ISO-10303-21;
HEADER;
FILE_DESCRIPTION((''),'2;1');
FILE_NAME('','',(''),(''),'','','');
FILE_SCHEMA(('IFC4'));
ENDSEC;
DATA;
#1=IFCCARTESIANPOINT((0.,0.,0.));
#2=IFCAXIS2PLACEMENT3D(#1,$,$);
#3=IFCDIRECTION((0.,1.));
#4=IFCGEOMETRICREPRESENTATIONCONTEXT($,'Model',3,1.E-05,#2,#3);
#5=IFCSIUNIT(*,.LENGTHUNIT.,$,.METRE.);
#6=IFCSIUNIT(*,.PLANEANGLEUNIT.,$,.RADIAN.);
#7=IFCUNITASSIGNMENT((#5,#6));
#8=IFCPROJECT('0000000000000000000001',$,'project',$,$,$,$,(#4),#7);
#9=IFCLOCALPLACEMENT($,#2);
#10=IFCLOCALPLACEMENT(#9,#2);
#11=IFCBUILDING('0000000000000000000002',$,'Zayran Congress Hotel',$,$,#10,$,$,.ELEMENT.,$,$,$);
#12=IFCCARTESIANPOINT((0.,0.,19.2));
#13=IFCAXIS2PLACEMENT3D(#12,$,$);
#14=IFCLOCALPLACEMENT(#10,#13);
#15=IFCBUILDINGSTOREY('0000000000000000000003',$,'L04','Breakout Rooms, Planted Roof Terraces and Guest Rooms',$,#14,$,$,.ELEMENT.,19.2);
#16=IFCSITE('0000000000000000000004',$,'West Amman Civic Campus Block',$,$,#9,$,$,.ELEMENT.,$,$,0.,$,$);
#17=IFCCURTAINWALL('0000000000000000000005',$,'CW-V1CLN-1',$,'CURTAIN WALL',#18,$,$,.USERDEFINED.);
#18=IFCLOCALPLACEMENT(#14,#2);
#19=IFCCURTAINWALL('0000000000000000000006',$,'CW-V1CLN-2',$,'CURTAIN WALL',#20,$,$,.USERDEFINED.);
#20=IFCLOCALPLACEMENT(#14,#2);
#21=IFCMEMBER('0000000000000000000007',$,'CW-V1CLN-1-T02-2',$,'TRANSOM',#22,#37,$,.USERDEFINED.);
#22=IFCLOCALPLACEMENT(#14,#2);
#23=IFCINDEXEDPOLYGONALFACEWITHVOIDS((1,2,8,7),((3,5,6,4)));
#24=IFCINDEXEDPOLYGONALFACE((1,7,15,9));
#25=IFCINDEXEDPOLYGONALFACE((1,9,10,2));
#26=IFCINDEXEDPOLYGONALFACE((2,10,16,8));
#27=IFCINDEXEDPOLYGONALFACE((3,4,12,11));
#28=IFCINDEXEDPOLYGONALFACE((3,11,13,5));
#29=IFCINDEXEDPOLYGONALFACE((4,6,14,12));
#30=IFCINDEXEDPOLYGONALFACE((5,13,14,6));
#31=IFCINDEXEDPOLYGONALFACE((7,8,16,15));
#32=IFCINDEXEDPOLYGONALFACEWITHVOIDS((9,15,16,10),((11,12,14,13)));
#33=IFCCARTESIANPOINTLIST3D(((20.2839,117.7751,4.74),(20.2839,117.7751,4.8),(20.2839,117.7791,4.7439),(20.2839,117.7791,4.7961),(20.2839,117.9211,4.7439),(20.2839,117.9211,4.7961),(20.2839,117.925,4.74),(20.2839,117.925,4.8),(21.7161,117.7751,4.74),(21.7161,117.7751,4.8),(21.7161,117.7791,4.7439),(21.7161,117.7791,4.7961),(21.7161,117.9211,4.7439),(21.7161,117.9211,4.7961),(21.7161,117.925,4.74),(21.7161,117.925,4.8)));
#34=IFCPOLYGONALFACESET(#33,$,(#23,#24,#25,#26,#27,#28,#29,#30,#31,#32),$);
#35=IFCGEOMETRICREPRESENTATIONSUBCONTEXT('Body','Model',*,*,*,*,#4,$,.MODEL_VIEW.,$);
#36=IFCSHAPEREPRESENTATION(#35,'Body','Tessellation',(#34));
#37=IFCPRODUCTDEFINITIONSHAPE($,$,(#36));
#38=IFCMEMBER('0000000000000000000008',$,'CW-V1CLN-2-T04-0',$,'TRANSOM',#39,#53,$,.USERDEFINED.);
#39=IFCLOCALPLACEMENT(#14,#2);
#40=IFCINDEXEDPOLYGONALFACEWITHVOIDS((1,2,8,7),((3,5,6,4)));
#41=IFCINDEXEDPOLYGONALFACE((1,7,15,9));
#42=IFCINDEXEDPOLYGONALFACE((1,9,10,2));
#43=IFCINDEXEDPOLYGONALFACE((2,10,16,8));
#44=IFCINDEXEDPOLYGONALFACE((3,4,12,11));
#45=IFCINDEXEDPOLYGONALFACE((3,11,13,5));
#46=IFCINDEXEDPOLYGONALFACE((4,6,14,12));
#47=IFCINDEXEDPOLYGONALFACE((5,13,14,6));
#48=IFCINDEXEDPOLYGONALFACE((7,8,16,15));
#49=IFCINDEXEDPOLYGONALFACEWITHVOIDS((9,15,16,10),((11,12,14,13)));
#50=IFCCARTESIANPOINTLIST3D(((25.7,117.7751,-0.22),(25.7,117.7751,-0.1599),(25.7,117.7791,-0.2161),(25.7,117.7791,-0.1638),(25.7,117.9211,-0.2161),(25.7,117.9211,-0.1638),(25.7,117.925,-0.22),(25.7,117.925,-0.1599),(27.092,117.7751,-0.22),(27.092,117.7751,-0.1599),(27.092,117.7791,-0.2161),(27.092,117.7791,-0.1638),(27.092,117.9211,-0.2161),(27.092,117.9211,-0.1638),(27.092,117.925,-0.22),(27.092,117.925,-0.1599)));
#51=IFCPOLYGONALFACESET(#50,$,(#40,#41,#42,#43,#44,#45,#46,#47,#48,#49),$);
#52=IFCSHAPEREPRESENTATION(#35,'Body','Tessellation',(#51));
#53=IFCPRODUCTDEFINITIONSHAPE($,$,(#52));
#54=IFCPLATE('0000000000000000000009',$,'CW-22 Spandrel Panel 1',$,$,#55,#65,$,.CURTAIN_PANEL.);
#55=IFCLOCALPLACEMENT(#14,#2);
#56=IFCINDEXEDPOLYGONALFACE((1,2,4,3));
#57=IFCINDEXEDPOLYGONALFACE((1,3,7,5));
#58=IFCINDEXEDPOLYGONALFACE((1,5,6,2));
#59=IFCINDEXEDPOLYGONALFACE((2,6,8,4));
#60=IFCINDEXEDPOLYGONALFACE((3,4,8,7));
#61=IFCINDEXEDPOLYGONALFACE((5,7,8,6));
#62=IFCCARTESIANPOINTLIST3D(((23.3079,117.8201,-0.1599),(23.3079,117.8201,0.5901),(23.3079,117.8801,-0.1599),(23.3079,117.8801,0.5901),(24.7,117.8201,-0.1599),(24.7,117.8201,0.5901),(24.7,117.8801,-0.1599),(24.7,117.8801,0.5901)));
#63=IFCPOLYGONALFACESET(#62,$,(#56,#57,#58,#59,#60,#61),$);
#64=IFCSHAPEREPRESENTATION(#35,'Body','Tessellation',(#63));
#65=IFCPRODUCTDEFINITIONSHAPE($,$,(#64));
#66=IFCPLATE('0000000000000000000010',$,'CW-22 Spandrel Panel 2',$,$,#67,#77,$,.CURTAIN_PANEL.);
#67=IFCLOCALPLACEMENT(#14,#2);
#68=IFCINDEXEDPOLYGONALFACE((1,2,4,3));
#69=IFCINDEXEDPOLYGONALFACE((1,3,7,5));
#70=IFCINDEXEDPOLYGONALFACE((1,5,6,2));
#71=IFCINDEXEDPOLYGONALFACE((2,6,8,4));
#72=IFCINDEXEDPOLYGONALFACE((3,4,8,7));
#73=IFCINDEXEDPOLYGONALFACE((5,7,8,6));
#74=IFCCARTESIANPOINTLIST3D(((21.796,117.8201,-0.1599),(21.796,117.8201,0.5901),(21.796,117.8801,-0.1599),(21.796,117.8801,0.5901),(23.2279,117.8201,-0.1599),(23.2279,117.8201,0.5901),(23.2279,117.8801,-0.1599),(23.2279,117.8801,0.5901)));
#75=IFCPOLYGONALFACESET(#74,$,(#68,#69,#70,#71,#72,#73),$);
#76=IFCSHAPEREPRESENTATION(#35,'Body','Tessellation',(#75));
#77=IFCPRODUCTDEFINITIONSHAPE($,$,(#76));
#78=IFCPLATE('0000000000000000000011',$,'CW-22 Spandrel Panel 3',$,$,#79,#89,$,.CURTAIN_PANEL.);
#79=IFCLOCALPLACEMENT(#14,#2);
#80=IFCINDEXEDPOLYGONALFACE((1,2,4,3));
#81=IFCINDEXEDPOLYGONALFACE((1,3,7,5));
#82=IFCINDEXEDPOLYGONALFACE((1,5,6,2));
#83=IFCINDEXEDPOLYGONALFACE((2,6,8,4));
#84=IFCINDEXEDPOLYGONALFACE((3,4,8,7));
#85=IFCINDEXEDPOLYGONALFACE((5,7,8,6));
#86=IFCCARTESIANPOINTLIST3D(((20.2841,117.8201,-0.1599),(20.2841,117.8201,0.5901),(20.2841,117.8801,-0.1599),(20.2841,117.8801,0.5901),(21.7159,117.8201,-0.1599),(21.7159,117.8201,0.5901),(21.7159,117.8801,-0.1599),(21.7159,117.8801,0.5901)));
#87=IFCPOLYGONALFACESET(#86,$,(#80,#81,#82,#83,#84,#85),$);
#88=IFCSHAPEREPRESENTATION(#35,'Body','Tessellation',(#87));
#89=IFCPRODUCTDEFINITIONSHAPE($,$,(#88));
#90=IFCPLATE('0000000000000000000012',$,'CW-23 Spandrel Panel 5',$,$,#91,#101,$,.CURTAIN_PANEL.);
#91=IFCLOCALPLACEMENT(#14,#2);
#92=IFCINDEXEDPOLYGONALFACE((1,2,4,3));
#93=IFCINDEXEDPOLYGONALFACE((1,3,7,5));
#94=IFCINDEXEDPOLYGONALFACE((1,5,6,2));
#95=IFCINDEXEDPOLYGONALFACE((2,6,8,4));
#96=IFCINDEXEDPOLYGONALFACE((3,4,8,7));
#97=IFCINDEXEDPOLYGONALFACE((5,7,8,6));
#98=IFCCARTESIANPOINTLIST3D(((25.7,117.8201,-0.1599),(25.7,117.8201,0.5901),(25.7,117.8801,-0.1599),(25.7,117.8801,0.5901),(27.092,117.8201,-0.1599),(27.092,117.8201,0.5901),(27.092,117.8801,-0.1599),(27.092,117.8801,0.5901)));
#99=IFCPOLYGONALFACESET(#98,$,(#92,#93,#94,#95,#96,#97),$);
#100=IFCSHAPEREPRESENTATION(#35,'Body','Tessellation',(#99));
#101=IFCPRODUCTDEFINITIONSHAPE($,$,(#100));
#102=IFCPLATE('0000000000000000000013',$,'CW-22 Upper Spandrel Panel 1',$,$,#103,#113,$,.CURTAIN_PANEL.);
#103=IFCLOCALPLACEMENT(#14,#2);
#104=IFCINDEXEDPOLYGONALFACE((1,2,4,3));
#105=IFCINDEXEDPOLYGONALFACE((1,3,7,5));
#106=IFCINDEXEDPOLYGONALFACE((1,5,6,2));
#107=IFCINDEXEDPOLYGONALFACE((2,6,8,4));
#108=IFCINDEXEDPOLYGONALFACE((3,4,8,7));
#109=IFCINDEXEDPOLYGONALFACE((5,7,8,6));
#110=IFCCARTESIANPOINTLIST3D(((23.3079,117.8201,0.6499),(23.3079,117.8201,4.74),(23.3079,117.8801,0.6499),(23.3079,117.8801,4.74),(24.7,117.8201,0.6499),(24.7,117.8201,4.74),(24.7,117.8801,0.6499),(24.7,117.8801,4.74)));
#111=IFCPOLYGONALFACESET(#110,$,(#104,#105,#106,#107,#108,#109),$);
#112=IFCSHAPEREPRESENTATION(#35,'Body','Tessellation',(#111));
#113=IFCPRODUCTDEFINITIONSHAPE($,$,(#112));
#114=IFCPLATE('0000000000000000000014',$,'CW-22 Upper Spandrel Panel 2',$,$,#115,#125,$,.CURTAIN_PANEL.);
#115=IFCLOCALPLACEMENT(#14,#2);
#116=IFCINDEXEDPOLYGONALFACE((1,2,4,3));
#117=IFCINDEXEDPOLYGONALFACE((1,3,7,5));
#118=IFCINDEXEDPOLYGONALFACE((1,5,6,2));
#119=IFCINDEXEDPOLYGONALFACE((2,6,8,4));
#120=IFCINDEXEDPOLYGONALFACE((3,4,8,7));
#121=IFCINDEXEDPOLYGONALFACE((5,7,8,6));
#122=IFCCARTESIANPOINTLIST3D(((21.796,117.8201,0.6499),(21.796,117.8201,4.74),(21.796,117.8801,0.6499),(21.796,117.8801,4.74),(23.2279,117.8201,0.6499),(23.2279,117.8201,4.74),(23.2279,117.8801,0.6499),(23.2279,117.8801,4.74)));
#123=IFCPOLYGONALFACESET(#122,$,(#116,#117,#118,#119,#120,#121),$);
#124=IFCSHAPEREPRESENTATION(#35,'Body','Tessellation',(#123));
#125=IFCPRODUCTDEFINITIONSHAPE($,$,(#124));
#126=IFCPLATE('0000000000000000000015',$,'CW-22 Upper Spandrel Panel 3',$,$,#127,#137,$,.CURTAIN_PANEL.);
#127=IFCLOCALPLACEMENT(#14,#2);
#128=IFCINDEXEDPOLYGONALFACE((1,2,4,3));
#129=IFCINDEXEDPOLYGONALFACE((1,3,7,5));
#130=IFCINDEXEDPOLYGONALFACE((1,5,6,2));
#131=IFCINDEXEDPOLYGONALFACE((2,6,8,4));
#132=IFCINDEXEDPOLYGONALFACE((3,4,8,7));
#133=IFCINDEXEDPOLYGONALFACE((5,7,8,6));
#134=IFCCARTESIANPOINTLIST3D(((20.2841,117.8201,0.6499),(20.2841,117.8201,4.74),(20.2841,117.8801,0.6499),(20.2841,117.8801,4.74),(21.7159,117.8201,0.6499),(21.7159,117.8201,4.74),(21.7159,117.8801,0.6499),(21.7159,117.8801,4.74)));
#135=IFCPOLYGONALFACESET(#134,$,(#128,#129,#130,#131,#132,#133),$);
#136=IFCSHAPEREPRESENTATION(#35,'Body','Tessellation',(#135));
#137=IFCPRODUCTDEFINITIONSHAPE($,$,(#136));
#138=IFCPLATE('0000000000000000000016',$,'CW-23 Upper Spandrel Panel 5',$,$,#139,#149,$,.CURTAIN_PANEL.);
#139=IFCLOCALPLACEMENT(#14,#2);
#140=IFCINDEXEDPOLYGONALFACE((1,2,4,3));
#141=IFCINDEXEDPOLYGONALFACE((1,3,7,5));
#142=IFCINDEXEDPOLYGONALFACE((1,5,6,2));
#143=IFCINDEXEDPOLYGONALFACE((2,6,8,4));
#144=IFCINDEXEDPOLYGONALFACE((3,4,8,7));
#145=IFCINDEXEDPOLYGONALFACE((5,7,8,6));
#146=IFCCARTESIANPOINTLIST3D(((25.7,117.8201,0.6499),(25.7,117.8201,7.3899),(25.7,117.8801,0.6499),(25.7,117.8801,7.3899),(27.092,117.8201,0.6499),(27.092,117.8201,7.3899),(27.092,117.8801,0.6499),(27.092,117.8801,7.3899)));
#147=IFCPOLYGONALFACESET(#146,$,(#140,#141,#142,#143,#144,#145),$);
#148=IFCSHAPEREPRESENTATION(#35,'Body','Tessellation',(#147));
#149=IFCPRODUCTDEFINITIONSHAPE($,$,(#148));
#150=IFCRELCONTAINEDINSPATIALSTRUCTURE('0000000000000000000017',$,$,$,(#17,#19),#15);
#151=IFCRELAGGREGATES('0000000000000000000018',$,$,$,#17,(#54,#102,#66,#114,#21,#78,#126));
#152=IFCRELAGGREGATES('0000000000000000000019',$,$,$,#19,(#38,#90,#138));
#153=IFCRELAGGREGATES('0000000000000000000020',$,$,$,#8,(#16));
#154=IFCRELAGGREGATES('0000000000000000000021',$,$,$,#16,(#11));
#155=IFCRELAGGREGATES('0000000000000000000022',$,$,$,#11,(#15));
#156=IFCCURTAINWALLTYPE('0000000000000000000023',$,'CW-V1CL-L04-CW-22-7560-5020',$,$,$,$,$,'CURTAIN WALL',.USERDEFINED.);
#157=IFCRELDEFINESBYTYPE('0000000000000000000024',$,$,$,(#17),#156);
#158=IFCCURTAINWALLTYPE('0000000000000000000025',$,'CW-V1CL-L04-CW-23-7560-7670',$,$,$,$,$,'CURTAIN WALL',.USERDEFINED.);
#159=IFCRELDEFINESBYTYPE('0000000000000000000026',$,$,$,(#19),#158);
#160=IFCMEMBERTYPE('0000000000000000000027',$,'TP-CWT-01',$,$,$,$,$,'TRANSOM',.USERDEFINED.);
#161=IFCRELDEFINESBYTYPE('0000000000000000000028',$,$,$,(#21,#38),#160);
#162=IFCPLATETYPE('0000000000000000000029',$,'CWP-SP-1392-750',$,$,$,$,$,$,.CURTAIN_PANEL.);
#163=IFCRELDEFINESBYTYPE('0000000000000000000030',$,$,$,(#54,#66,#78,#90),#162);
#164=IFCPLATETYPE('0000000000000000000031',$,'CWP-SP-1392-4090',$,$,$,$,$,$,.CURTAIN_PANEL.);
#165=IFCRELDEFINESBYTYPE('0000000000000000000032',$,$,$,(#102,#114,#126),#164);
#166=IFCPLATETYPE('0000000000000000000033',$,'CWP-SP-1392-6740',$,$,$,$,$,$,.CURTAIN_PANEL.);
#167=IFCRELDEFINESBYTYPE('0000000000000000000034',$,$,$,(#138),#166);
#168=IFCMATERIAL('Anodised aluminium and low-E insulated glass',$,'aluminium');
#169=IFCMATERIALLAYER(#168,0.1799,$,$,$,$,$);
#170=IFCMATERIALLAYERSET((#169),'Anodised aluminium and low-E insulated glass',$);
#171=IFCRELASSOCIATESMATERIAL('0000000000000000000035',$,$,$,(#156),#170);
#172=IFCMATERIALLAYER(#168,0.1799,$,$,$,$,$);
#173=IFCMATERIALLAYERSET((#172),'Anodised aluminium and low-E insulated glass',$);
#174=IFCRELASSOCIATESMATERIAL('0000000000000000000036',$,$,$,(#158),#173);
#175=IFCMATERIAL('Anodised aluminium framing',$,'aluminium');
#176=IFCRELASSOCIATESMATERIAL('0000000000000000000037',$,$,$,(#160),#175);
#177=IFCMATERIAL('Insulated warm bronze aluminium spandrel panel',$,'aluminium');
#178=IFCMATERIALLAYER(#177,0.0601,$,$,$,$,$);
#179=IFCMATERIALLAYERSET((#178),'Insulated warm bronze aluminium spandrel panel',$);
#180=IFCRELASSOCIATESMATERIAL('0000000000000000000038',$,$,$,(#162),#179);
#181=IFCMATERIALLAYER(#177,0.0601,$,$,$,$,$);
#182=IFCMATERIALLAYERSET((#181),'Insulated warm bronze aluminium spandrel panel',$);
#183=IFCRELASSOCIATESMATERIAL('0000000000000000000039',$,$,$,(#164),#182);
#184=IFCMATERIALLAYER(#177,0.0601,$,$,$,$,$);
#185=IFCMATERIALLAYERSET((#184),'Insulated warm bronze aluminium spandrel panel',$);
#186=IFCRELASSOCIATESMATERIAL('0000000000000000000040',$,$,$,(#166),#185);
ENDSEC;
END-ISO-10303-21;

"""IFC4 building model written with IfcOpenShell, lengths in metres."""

from ifc_helpers import new_model, si_unit, direction, frame, origin, origin_2d, place, context, subcontext, project, spatial, rectangle, hollow_rectangle, extrude, material, layer, layer_set, material_profile, profile_set, type_object, element, aggregate, save


model = new_model("IFC4")

# Units and contexts
model_context = context("Model", 3, precision=1e-05, world=origin(), true_north=direction((0.0, 1.0)))
body_context = subcontext(model_context, "Body", "Model", "MODEL_VIEW")
ifc_project = project(units=[si_unit("LENGTHUNIT", "METRE"), si_unit("PLANEANGLEUNIT", "RADIAN")], contexts=[model_context])

# Site, building, storey
site_placement = place(None, origin())
site = spatial("IfcSite", under=ifc_project, at=site_placement, Name="West Amman Civic Campus Block", CompositionType="ELEMENT", RefElevation=0.0)
building_placement = place(site_placement, origin())
building = spatial("IfcBuilding", under=site, at=building_placement, Name="Zayran Congress Hotel", CompositionType="ELEMENT")
storey_placement = place(building_placement, frame((0.0, 0.0, 19.2)))
storey = spatial("IfcBuildingStorey", under=building, at=storey_placement, Name="L04", Description="Breakout Rooms, Planted Roof Terraces and Guest Rooms", CompositionType="ELEMENT", Elevation=19.2)

# Curtain wall
ifc_material_1 = material(Name="Anodised aluminium and low-E insulated glass", Category="aluminium")
ifc_layer_1 = layer(ifc_material_1, 0.1799)
ifc_layer_set_1 = layer_set([ifc_layer_1], Name="Anodised aluminium and low-E insulated glass")
curtain_wall_type_1 = type_object("IfcCurtainWallType", Name="CW-V1CL-L04-CW-22-7560-5020", ElementType="CURTAIN WALL", PredefinedType="USERDEFINED", material=ifc_layer_set_1)
curtain_wall_1_placement = place(storey_placement, origin())
curtain_wall_1 = element("IfcCurtainWall", 1, at=curtain_wall_1_placement, inside=storey, type_object=curtain_wall_type_1, Name="CW-V1CLN-1", ObjectType="CURTAIN WALL", PredefinedType="USERDEFINED")
ifc_material_2 = material(Name="Anodised aluminium framing", Category="aluminium")

# Curtain wall
ifc_layer_2 = layer(ifc_material_1, 0.1799)
ifc_layer_set_2 = layer_set([ifc_layer_2], Name="Anodised aluminium and low-E insulated glass")
curtain_wall_type_2 = type_object("IfcCurtainWallType", Name="CW-V1CL-L04-CW-23-7560-7670", ElementType="CURTAIN WALL", PredefinedType="USERDEFINED", material=ifc_layer_set_2)
curtain_wall_2_placement = place(storey_placement, origin())
curtain_wall_2 = element("IfcCurtainWall", 2, at=curtain_wall_2_placement, inside=storey, type_object=curtain_wall_type_2, Name="CW-V1CLN-2", ObjectType="CURTAIN WALL", PredefinedType="USERDEFINED")

# Members
ifc_material_profile_1 = material_profile(ifc_material_2, hollow_rectangle(XDim=0.0601, YDim=0.1499, WallThickness=0.0039, at=origin_2d()), Name="RHS 150x60x4")
ifc_profile_set_1 = profile_set([ifc_material_profile_1], Name="Anodised aluminium framing")
member_type_1 = type_object("IfcMemberType", Name="TP-CWT-01", ElementType="TRANSOM", PredefinedType="USERDEFINED", material=ifc_profile_set_1)
member_1_placement = place(storey_placement, frame((21.7161, 117.8501, 4.77), z_axis=(-1.0, 0.0, 0.0), x_axis=(0.0, 0.0, 1.0)))
member_1 = element("IfcMember", 3, at=member_1_placement, type_object=member_type_1, Name="CW-V1CLN-1-T02-2", ObjectType="TRANSOM", PredefinedType="USERDEFINED", context=body_context, shape_type="SweptSolid", body=[
    extrude(hollow_rectangle(XDim=0.0601, YDim=0.1499, WallThickness=0.0039, at=origin_2d()), origin(), (0.0, 0.0, 1.0), 1.4321),
])
member_2_placement = place(storey_placement, frame((27.092, 117.8501, -0.1899), z_axis=(-1.0, 0.0, 0.0), x_axis=(0.0, 0.0, 1.0)))
member_2 = element("IfcMember", 4, at=member_2_placement, type_object=member_type_1, Name="CW-V1CLN-2-T04-0", ObjectType="TRANSOM", PredefinedType="USERDEFINED", context=body_context, shape_type="SweptSolid", body=[
    extrude(hollow_rectangle(XDim=0.0601, YDim=0.1499, WallThickness=0.0039, at=origin_2d()), origin(), (0.0, 0.0, 1.0), 1.3921),
])

# Plates
ifc_material_3 = material(Name="Insulated warm bronze aluminium spandrel panel", Category="aluminium")
ifc_layer_3 = layer(ifc_material_3, 0.0601)
ifc_layer_set_3 = layer_set([ifc_layer_3], Name="Insulated warm bronze aluminium spandrel panel")
plate_type_1 = type_object("IfcPlateType", Name="CWP-SP-1392-750", PredefinedType="CURTAIN_PANEL", material=ifc_layer_set_3)
plate_1_placement = place(storey_placement, frame((24.0039, 117.8501, -0.1599), z_axis=(0.0, 0.0, 1.0), x_axis=(1.0, 0.0, 0.0)))
plate_1 = element("IfcPlate", 5, at=plate_1_placement, type_object=plate_type_1, Name="CW-22 Spandrel Panel 1", PredefinedType="CURTAIN_PANEL", context=body_context, shape_type="SweptSolid", body=[
    extrude(rectangle(XDim=1.3921, YDim=0.0601, at=origin_2d()), origin(), (0.0, 0.0, 1.0), 0.75),
])
plate_2_placement = place(storey_placement, frame((22.512, 117.8501, -0.1599), z_axis=(0.0, 0.0, 1.0), x_axis=(1.0, 0.0, 0.0)))
plate_2 = element("IfcPlate", 6, at=plate_2_placement, type_object=plate_type_1, Name="CW-22 Spandrel Panel 2", PredefinedType="CURTAIN_PANEL", context=body_context, shape_type="SweptSolid", body=[
    extrude(rectangle(XDim=1.4319, YDim=0.0601, at=origin_2d()), origin(), (0.0, 0.0, 1.0), 0.75),
])
plate_3_placement = place(storey_placement, frame((21.0, 117.8501, -0.1599), z_axis=(0.0, 0.0, 1.0), x_axis=(1.0, 0.0, 0.0)))
plate_3 = element("IfcPlate", 7, at=plate_3_placement, type_object=plate_type_1, Name="CW-22 Spandrel Panel 3", PredefinedType="CURTAIN_PANEL", context=body_context, shape_type="SweptSolid", body=[
    extrude(rectangle(XDim=1.4319, YDim=0.0601, at=origin_2d()), origin(), (0.0, 0.0, 1.0), 0.75),
])
plate_4_placement = place(storey_placement, frame((26.396, 117.8501, -0.1599), z_axis=(0.0, 0.0, 1.0), x_axis=(1.0, 0.0, 0.0)))
plate_4 = element("IfcPlate", 8, at=plate_4_placement, type_object=plate_type_1, Name="CW-23 Spandrel Panel 5", PredefinedType="CURTAIN_PANEL", context=body_context, shape_type="SweptSolid", body=[
    extrude(rectangle(XDim=1.3921, YDim=0.0601, at=origin_2d()), origin(), (0.0, 0.0, 1.0), 0.75),
])
ifc_layer_4 = layer(ifc_material_3, 0.0601)
ifc_layer_set_4 = layer_set([ifc_layer_4], Name="Insulated warm bronze aluminium spandrel panel")
plate_type_2 = type_object("IfcPlateType", Name="CWP-SP-1392-4090", PredefinedType="CURTAIN_PANEL", material=ifc_layer_set_4)
plate_5_placement = place(storey_placement, frame((24.0039, 117.8501, 0.6499), z_axis=(0.0, 0.0, 1.0), x_axis=(1.0, 0.0, 0.0)))
plate_5 = element("IfcPlate", 9, at=plate_5_placement, type_object=plate_type_2, Name="CW-22 Upper Spandrel Panel 1", PredefinedType="CURTAIN_PANEL", context=body_context, shape_type="SweptSolid", body=[
    extrude(rectangle(XDim=1.3921, YDim=0.0601, at=origin_2d()), origin(), (0.0, 0.0, 1.0), 4.0901),
])
plate_6_placement = place(storey_placement, frame((22.512, 117.8501, 0.6499), z_axis=(0.0, 0.0, 1.0), x_axis=(1.0, 0.0, 0.0)))
plate_6 = element("IfcPlate", 10, at=plate_6_placement, type_object=plate_type_2, Name="CW-22 Upper Spandrel Panel 2", PredefinedType="CURTAIN_PANEL", context=body_context, shape_type="SweptSolid", body=[
    extrude(rectangle(XDim=1.4319, YDim=0.0601, at=origin_2d()), origin(), (0.0, 0.0, 1.0), 4.0901),
])
plate_7_placement = place(storey_placement, frame((21.0, 117.8501, 0.6499), z_axis=(0.0, 0.0, 1.0), x_axis=(1.0, 0.0, 0.0)))
plate_7 = element("IfcPlate", 11, at=plate_7_placement, type_object=plate_type_2, Name="CW-22 Upper Spandrel Panel 3", PredefinedType="CURTAIN_PANEL", context=body_context, shape_type="SweptSolid", body=[
    extrude(rectangle(XDim=1.4319, YDim=0.0601, at=origin_2d()), origin(), (0.0, 0.0, 1.0), 4.0901),
])
aggregate(curtain_wall_1, [plate_1, plate_5, plate_2, plate_6, member_1, plate_3, plate_7])
ifc_layer_5 = layer(ifc_material_3, 0.0601)
ifc_layer_set_5 = layer_set([ifc_layer_5], Name="Insulated warm bronze aluminium spandrel panel")
plate_type_3 = type_object("IfcPlateType", Name="CWP-SP-1392-6740", PredefinedType="CURTAIN_PANEL", material=ifc_layer_set_5)
plate_8_placement = place(storey_placement, frame((26.396, 117.8501, 0.6499), z_axis=(0.0, 0.0, 1.0), x_axis=(1.0, 0.0, 0.0)))
plate_8 = element("IfcPlate", 12, at=plate_8_placement, type_object=plate_type_3, Name="CW-23 Upper Spandrel Panel 5", PredefinedType="CURTAIN_PANEL", context=body_context, shape_type="SweptSolid", body=[
    extrude(rectangle(XDim=1.3921, YDim=0.0601, at=origin_2d()), origin(), (0.0, 0.0, 1.0), 6.74),
])
aggregate(curtain_wall_2, [member_2, plate_4, plate_8])

save(model, "model.ifc")
